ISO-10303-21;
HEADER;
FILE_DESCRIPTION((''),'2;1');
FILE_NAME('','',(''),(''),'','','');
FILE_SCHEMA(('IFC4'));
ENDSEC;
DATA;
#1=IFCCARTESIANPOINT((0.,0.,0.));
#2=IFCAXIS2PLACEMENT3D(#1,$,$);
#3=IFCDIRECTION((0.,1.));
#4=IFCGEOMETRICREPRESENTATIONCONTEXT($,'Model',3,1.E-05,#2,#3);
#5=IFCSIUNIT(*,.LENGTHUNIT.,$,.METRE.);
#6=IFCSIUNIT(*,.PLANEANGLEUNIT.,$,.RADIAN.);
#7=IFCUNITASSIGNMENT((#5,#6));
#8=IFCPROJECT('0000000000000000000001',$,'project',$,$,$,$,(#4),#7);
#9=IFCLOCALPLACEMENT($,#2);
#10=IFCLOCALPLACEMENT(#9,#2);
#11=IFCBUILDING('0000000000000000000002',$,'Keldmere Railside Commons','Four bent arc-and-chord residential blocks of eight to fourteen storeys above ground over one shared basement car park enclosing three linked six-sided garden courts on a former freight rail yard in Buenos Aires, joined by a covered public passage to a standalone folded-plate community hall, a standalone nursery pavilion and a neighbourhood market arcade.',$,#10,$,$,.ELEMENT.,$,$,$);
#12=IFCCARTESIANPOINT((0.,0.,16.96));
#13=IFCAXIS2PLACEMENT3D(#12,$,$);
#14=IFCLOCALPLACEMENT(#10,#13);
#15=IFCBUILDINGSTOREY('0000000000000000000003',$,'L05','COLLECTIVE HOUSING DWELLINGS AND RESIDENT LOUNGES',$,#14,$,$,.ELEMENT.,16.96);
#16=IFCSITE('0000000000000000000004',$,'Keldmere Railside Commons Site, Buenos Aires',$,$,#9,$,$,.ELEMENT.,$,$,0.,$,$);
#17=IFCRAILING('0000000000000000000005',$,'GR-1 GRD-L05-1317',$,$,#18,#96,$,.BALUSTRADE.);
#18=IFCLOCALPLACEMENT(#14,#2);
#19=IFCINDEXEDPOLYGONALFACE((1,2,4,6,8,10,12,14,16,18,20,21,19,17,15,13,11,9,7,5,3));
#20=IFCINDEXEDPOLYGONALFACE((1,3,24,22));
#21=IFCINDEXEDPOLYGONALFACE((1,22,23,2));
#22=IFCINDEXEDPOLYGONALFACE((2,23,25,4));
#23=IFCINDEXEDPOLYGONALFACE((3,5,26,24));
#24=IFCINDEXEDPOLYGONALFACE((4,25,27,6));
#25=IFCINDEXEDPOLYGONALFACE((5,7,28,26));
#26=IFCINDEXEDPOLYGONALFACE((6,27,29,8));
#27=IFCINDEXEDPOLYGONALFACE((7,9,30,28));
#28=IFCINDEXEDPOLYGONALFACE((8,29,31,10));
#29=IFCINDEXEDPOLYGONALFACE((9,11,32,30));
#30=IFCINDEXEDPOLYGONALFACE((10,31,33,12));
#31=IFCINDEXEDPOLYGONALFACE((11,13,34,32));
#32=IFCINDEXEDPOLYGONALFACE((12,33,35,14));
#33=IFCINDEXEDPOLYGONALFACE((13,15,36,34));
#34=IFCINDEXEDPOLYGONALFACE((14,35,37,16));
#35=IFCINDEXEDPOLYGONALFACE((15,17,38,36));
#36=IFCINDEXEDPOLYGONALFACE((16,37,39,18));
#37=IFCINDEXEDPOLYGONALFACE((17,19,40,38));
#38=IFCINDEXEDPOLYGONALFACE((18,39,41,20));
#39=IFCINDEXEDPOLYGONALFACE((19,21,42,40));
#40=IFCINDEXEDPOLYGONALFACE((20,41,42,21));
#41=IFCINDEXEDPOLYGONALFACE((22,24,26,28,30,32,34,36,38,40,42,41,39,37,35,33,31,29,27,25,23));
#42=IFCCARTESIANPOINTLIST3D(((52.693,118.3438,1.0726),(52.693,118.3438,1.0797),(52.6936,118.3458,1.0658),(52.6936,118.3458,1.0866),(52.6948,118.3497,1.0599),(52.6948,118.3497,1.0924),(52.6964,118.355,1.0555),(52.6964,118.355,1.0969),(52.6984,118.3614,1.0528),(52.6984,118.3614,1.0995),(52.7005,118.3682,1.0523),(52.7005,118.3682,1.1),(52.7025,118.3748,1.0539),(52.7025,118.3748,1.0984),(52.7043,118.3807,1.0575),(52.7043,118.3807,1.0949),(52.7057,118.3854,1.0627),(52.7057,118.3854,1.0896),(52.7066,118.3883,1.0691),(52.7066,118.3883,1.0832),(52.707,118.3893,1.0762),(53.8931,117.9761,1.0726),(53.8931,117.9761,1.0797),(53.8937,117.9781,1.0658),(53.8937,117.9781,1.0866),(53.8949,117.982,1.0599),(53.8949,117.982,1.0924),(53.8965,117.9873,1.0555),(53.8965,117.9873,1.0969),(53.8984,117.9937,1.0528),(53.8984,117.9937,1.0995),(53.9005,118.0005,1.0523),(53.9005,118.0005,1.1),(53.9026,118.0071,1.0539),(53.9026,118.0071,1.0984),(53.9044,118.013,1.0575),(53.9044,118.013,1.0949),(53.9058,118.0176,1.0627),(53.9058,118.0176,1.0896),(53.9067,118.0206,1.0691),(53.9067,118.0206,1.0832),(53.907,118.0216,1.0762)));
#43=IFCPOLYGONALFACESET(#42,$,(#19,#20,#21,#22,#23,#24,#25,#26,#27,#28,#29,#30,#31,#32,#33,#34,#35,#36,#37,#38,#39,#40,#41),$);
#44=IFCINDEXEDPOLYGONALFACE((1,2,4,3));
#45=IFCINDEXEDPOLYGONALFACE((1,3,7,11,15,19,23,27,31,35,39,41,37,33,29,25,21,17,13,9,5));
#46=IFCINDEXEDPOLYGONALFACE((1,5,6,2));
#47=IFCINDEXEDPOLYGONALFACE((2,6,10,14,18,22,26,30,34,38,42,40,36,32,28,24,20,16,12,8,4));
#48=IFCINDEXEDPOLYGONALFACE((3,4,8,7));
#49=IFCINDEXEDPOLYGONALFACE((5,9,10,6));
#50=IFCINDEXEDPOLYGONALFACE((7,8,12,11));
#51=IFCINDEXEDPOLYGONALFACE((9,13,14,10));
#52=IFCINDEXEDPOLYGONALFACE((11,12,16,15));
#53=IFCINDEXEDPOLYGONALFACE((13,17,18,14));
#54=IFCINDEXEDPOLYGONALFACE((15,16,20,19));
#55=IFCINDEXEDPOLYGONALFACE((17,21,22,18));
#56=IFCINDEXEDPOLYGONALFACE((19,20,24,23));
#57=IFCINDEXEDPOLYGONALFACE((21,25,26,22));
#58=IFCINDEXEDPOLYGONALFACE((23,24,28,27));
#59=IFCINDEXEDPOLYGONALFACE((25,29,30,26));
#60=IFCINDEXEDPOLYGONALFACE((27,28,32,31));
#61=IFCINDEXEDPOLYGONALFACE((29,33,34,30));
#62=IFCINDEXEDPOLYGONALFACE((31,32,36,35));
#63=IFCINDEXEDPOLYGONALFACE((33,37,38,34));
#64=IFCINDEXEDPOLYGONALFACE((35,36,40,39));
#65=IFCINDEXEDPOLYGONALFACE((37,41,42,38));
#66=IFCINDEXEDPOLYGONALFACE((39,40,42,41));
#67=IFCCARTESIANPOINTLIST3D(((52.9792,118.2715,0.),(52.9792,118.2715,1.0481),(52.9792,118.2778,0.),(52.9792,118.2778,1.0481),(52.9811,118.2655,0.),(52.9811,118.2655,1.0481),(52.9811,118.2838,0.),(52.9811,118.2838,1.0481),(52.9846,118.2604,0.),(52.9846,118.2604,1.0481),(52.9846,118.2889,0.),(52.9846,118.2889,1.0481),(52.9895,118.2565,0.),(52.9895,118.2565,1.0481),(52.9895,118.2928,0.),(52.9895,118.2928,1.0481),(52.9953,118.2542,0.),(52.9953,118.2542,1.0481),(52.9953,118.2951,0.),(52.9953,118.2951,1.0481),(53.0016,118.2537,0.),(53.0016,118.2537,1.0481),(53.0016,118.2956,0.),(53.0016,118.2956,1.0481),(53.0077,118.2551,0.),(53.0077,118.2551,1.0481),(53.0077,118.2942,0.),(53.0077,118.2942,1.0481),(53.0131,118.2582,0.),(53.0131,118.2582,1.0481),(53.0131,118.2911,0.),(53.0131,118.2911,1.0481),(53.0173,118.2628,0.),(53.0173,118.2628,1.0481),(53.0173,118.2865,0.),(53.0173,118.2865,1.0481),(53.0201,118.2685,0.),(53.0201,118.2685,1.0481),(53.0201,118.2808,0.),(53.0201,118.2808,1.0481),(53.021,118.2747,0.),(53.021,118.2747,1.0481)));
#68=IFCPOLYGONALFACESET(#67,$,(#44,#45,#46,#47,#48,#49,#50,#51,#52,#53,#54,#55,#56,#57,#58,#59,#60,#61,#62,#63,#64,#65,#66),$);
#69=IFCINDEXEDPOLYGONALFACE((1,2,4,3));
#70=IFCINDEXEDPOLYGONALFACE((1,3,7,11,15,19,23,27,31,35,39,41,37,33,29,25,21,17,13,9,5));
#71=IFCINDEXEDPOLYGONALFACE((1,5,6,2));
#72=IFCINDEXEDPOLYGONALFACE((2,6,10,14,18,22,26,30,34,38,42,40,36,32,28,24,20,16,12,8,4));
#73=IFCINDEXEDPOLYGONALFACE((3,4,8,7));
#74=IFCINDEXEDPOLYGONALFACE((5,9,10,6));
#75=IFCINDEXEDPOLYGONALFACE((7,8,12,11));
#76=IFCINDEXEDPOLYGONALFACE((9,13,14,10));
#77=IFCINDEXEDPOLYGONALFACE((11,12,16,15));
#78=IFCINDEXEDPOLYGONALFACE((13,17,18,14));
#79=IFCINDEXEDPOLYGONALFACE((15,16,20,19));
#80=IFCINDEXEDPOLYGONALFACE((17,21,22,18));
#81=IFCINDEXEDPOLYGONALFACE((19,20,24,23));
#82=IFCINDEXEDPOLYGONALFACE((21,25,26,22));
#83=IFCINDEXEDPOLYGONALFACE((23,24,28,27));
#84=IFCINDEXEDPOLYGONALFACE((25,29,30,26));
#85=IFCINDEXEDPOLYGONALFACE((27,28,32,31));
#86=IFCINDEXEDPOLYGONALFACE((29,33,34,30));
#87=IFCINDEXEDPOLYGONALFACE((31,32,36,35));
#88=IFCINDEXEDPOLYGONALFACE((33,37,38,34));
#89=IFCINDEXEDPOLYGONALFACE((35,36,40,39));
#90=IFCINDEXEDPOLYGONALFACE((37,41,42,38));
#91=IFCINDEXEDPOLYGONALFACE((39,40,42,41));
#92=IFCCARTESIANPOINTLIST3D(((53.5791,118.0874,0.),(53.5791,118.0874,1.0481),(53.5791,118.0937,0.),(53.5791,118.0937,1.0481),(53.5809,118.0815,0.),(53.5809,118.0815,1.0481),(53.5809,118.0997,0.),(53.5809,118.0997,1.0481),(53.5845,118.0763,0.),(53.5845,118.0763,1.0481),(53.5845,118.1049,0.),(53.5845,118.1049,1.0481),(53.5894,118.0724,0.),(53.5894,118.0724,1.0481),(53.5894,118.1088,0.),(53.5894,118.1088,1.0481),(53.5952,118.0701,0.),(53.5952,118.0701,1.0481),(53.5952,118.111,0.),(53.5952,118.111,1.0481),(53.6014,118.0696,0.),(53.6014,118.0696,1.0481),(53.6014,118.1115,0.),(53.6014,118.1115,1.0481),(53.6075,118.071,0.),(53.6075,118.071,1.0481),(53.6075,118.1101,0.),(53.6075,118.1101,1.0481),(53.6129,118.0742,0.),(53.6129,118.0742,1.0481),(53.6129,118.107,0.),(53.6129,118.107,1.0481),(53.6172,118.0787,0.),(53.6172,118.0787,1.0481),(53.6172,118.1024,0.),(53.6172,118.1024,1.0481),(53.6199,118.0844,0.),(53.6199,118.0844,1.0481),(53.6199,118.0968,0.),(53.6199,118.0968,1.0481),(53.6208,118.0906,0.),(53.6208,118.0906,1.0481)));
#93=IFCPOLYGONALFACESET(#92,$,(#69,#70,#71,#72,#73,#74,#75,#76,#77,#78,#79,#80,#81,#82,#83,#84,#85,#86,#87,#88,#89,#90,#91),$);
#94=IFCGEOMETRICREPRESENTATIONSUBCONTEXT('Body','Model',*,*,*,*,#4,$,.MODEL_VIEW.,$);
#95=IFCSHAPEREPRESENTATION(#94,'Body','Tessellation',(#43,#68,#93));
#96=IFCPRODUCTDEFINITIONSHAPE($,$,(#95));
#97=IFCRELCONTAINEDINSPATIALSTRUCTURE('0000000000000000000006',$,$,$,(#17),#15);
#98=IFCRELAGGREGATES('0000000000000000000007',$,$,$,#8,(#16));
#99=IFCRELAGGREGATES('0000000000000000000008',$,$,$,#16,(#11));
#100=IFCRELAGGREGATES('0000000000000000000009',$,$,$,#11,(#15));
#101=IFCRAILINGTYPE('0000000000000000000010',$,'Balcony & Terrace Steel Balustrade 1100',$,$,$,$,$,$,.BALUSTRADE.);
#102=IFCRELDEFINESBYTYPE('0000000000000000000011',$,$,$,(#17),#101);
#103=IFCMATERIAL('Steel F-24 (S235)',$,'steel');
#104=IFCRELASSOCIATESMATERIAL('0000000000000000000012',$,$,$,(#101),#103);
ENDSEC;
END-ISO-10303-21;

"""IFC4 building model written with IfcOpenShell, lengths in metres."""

from ifc_helpers import new_model, si_unit, direction, frame, origin, origin_2d, place, context, subcontext, project, spatial, circle, extrude, material, type_object, element, save


model = new_model("IFC4")

# Units and contexts
model_context = context("Model", 3, precision=1e-05, world=origin(), true_north=direction((0.0, 1.0)))
body_context = subcontext(model_context, "Body", "Model", "MODEL_VIEW")
ifc_project = project(units=[si_unit("LENGTHUNIT", "METRE"), si_unit("PLANEANGLEUNIT", "RADIAN")], contexts=[model_context])

# Site, building, storey
site_placement = place(None, origin())
site = spatial("IfcSite", under=ifc_project, at=site_placement, Name="Keldmere Railside Commons Site, Buenos Aires", CompositionType="ELEMENT", RefElevation=0.0)
building_placement = place(site_placement, origin())
building = spatial("IfcBuilding", under=site, at=building_placement, Name="Keldmere Railside Commons", Description="Four bent arc-and-chord residential blocks of eight to fourteen storeys above ground over one shared basement car park enclosing three linked six-sided garden courts on a former freight rail yard in Buenos Aires, joined by a covered public passage to a standalone folded-plate community hall, a standalone nursery pavilion and a neighbourhood market arcade.", CompositionType="ELEMENT")
storey_placement = place(building_placement, frame((0.0, 0.0, 16.96)))
storey = spatial("IfcBuildingStorey", under=building, at=storey_placement, Name="L05", Description="COLLECTIVE HOUSING DWELLINGS AND RESIDENT LOUNGES", CompositionType="ELEMENT", Elevation=16.96)

# Railing
ifc_material_1 = material(Name="Steel F-24 (S235)", Category="steel")
railing_type = type_object("IfcRailingType", Name="Balcony & Terrace Steel Balustrade 1100", PredefinedType="BALUSTRADE", material=ifc_material_1)
railing_1_placement = place(storey_placement, frame((52.7, 118.3665, 0.0)))
element("IfcRailing", 1, at=railing_1_placement, inside=storey, type_object=railing_type, Name="GR-1 GRD-L05-1317", PredefinedType="BALUSTRADE", context=body_context, shape_type="SweptSolid", body=[
    extrude(circle(Radius=0.0239, at=origin_2d()), frame((0.0, 0.0, 1.0762), z_axis=(0.956123, -0.292965, 0.0), x_axis=(0.292965, 0.956123, 0.0)), (0.0, 0.0, 1.0), 1.2551),
    extrude(circle(Radius=0.021, at=origin_2d()), frame((0.3, -0.0918, 0.0)), (0.0, 0.0, 1.0), 1.0481),
    extrude(circle(Radius=0.021, at=origin_2d()), frame((0.8999, -0.2759, 0.0)), (0.0, 0.0, 1.0), 1.0481),
])

save(model, "model.ifc")
